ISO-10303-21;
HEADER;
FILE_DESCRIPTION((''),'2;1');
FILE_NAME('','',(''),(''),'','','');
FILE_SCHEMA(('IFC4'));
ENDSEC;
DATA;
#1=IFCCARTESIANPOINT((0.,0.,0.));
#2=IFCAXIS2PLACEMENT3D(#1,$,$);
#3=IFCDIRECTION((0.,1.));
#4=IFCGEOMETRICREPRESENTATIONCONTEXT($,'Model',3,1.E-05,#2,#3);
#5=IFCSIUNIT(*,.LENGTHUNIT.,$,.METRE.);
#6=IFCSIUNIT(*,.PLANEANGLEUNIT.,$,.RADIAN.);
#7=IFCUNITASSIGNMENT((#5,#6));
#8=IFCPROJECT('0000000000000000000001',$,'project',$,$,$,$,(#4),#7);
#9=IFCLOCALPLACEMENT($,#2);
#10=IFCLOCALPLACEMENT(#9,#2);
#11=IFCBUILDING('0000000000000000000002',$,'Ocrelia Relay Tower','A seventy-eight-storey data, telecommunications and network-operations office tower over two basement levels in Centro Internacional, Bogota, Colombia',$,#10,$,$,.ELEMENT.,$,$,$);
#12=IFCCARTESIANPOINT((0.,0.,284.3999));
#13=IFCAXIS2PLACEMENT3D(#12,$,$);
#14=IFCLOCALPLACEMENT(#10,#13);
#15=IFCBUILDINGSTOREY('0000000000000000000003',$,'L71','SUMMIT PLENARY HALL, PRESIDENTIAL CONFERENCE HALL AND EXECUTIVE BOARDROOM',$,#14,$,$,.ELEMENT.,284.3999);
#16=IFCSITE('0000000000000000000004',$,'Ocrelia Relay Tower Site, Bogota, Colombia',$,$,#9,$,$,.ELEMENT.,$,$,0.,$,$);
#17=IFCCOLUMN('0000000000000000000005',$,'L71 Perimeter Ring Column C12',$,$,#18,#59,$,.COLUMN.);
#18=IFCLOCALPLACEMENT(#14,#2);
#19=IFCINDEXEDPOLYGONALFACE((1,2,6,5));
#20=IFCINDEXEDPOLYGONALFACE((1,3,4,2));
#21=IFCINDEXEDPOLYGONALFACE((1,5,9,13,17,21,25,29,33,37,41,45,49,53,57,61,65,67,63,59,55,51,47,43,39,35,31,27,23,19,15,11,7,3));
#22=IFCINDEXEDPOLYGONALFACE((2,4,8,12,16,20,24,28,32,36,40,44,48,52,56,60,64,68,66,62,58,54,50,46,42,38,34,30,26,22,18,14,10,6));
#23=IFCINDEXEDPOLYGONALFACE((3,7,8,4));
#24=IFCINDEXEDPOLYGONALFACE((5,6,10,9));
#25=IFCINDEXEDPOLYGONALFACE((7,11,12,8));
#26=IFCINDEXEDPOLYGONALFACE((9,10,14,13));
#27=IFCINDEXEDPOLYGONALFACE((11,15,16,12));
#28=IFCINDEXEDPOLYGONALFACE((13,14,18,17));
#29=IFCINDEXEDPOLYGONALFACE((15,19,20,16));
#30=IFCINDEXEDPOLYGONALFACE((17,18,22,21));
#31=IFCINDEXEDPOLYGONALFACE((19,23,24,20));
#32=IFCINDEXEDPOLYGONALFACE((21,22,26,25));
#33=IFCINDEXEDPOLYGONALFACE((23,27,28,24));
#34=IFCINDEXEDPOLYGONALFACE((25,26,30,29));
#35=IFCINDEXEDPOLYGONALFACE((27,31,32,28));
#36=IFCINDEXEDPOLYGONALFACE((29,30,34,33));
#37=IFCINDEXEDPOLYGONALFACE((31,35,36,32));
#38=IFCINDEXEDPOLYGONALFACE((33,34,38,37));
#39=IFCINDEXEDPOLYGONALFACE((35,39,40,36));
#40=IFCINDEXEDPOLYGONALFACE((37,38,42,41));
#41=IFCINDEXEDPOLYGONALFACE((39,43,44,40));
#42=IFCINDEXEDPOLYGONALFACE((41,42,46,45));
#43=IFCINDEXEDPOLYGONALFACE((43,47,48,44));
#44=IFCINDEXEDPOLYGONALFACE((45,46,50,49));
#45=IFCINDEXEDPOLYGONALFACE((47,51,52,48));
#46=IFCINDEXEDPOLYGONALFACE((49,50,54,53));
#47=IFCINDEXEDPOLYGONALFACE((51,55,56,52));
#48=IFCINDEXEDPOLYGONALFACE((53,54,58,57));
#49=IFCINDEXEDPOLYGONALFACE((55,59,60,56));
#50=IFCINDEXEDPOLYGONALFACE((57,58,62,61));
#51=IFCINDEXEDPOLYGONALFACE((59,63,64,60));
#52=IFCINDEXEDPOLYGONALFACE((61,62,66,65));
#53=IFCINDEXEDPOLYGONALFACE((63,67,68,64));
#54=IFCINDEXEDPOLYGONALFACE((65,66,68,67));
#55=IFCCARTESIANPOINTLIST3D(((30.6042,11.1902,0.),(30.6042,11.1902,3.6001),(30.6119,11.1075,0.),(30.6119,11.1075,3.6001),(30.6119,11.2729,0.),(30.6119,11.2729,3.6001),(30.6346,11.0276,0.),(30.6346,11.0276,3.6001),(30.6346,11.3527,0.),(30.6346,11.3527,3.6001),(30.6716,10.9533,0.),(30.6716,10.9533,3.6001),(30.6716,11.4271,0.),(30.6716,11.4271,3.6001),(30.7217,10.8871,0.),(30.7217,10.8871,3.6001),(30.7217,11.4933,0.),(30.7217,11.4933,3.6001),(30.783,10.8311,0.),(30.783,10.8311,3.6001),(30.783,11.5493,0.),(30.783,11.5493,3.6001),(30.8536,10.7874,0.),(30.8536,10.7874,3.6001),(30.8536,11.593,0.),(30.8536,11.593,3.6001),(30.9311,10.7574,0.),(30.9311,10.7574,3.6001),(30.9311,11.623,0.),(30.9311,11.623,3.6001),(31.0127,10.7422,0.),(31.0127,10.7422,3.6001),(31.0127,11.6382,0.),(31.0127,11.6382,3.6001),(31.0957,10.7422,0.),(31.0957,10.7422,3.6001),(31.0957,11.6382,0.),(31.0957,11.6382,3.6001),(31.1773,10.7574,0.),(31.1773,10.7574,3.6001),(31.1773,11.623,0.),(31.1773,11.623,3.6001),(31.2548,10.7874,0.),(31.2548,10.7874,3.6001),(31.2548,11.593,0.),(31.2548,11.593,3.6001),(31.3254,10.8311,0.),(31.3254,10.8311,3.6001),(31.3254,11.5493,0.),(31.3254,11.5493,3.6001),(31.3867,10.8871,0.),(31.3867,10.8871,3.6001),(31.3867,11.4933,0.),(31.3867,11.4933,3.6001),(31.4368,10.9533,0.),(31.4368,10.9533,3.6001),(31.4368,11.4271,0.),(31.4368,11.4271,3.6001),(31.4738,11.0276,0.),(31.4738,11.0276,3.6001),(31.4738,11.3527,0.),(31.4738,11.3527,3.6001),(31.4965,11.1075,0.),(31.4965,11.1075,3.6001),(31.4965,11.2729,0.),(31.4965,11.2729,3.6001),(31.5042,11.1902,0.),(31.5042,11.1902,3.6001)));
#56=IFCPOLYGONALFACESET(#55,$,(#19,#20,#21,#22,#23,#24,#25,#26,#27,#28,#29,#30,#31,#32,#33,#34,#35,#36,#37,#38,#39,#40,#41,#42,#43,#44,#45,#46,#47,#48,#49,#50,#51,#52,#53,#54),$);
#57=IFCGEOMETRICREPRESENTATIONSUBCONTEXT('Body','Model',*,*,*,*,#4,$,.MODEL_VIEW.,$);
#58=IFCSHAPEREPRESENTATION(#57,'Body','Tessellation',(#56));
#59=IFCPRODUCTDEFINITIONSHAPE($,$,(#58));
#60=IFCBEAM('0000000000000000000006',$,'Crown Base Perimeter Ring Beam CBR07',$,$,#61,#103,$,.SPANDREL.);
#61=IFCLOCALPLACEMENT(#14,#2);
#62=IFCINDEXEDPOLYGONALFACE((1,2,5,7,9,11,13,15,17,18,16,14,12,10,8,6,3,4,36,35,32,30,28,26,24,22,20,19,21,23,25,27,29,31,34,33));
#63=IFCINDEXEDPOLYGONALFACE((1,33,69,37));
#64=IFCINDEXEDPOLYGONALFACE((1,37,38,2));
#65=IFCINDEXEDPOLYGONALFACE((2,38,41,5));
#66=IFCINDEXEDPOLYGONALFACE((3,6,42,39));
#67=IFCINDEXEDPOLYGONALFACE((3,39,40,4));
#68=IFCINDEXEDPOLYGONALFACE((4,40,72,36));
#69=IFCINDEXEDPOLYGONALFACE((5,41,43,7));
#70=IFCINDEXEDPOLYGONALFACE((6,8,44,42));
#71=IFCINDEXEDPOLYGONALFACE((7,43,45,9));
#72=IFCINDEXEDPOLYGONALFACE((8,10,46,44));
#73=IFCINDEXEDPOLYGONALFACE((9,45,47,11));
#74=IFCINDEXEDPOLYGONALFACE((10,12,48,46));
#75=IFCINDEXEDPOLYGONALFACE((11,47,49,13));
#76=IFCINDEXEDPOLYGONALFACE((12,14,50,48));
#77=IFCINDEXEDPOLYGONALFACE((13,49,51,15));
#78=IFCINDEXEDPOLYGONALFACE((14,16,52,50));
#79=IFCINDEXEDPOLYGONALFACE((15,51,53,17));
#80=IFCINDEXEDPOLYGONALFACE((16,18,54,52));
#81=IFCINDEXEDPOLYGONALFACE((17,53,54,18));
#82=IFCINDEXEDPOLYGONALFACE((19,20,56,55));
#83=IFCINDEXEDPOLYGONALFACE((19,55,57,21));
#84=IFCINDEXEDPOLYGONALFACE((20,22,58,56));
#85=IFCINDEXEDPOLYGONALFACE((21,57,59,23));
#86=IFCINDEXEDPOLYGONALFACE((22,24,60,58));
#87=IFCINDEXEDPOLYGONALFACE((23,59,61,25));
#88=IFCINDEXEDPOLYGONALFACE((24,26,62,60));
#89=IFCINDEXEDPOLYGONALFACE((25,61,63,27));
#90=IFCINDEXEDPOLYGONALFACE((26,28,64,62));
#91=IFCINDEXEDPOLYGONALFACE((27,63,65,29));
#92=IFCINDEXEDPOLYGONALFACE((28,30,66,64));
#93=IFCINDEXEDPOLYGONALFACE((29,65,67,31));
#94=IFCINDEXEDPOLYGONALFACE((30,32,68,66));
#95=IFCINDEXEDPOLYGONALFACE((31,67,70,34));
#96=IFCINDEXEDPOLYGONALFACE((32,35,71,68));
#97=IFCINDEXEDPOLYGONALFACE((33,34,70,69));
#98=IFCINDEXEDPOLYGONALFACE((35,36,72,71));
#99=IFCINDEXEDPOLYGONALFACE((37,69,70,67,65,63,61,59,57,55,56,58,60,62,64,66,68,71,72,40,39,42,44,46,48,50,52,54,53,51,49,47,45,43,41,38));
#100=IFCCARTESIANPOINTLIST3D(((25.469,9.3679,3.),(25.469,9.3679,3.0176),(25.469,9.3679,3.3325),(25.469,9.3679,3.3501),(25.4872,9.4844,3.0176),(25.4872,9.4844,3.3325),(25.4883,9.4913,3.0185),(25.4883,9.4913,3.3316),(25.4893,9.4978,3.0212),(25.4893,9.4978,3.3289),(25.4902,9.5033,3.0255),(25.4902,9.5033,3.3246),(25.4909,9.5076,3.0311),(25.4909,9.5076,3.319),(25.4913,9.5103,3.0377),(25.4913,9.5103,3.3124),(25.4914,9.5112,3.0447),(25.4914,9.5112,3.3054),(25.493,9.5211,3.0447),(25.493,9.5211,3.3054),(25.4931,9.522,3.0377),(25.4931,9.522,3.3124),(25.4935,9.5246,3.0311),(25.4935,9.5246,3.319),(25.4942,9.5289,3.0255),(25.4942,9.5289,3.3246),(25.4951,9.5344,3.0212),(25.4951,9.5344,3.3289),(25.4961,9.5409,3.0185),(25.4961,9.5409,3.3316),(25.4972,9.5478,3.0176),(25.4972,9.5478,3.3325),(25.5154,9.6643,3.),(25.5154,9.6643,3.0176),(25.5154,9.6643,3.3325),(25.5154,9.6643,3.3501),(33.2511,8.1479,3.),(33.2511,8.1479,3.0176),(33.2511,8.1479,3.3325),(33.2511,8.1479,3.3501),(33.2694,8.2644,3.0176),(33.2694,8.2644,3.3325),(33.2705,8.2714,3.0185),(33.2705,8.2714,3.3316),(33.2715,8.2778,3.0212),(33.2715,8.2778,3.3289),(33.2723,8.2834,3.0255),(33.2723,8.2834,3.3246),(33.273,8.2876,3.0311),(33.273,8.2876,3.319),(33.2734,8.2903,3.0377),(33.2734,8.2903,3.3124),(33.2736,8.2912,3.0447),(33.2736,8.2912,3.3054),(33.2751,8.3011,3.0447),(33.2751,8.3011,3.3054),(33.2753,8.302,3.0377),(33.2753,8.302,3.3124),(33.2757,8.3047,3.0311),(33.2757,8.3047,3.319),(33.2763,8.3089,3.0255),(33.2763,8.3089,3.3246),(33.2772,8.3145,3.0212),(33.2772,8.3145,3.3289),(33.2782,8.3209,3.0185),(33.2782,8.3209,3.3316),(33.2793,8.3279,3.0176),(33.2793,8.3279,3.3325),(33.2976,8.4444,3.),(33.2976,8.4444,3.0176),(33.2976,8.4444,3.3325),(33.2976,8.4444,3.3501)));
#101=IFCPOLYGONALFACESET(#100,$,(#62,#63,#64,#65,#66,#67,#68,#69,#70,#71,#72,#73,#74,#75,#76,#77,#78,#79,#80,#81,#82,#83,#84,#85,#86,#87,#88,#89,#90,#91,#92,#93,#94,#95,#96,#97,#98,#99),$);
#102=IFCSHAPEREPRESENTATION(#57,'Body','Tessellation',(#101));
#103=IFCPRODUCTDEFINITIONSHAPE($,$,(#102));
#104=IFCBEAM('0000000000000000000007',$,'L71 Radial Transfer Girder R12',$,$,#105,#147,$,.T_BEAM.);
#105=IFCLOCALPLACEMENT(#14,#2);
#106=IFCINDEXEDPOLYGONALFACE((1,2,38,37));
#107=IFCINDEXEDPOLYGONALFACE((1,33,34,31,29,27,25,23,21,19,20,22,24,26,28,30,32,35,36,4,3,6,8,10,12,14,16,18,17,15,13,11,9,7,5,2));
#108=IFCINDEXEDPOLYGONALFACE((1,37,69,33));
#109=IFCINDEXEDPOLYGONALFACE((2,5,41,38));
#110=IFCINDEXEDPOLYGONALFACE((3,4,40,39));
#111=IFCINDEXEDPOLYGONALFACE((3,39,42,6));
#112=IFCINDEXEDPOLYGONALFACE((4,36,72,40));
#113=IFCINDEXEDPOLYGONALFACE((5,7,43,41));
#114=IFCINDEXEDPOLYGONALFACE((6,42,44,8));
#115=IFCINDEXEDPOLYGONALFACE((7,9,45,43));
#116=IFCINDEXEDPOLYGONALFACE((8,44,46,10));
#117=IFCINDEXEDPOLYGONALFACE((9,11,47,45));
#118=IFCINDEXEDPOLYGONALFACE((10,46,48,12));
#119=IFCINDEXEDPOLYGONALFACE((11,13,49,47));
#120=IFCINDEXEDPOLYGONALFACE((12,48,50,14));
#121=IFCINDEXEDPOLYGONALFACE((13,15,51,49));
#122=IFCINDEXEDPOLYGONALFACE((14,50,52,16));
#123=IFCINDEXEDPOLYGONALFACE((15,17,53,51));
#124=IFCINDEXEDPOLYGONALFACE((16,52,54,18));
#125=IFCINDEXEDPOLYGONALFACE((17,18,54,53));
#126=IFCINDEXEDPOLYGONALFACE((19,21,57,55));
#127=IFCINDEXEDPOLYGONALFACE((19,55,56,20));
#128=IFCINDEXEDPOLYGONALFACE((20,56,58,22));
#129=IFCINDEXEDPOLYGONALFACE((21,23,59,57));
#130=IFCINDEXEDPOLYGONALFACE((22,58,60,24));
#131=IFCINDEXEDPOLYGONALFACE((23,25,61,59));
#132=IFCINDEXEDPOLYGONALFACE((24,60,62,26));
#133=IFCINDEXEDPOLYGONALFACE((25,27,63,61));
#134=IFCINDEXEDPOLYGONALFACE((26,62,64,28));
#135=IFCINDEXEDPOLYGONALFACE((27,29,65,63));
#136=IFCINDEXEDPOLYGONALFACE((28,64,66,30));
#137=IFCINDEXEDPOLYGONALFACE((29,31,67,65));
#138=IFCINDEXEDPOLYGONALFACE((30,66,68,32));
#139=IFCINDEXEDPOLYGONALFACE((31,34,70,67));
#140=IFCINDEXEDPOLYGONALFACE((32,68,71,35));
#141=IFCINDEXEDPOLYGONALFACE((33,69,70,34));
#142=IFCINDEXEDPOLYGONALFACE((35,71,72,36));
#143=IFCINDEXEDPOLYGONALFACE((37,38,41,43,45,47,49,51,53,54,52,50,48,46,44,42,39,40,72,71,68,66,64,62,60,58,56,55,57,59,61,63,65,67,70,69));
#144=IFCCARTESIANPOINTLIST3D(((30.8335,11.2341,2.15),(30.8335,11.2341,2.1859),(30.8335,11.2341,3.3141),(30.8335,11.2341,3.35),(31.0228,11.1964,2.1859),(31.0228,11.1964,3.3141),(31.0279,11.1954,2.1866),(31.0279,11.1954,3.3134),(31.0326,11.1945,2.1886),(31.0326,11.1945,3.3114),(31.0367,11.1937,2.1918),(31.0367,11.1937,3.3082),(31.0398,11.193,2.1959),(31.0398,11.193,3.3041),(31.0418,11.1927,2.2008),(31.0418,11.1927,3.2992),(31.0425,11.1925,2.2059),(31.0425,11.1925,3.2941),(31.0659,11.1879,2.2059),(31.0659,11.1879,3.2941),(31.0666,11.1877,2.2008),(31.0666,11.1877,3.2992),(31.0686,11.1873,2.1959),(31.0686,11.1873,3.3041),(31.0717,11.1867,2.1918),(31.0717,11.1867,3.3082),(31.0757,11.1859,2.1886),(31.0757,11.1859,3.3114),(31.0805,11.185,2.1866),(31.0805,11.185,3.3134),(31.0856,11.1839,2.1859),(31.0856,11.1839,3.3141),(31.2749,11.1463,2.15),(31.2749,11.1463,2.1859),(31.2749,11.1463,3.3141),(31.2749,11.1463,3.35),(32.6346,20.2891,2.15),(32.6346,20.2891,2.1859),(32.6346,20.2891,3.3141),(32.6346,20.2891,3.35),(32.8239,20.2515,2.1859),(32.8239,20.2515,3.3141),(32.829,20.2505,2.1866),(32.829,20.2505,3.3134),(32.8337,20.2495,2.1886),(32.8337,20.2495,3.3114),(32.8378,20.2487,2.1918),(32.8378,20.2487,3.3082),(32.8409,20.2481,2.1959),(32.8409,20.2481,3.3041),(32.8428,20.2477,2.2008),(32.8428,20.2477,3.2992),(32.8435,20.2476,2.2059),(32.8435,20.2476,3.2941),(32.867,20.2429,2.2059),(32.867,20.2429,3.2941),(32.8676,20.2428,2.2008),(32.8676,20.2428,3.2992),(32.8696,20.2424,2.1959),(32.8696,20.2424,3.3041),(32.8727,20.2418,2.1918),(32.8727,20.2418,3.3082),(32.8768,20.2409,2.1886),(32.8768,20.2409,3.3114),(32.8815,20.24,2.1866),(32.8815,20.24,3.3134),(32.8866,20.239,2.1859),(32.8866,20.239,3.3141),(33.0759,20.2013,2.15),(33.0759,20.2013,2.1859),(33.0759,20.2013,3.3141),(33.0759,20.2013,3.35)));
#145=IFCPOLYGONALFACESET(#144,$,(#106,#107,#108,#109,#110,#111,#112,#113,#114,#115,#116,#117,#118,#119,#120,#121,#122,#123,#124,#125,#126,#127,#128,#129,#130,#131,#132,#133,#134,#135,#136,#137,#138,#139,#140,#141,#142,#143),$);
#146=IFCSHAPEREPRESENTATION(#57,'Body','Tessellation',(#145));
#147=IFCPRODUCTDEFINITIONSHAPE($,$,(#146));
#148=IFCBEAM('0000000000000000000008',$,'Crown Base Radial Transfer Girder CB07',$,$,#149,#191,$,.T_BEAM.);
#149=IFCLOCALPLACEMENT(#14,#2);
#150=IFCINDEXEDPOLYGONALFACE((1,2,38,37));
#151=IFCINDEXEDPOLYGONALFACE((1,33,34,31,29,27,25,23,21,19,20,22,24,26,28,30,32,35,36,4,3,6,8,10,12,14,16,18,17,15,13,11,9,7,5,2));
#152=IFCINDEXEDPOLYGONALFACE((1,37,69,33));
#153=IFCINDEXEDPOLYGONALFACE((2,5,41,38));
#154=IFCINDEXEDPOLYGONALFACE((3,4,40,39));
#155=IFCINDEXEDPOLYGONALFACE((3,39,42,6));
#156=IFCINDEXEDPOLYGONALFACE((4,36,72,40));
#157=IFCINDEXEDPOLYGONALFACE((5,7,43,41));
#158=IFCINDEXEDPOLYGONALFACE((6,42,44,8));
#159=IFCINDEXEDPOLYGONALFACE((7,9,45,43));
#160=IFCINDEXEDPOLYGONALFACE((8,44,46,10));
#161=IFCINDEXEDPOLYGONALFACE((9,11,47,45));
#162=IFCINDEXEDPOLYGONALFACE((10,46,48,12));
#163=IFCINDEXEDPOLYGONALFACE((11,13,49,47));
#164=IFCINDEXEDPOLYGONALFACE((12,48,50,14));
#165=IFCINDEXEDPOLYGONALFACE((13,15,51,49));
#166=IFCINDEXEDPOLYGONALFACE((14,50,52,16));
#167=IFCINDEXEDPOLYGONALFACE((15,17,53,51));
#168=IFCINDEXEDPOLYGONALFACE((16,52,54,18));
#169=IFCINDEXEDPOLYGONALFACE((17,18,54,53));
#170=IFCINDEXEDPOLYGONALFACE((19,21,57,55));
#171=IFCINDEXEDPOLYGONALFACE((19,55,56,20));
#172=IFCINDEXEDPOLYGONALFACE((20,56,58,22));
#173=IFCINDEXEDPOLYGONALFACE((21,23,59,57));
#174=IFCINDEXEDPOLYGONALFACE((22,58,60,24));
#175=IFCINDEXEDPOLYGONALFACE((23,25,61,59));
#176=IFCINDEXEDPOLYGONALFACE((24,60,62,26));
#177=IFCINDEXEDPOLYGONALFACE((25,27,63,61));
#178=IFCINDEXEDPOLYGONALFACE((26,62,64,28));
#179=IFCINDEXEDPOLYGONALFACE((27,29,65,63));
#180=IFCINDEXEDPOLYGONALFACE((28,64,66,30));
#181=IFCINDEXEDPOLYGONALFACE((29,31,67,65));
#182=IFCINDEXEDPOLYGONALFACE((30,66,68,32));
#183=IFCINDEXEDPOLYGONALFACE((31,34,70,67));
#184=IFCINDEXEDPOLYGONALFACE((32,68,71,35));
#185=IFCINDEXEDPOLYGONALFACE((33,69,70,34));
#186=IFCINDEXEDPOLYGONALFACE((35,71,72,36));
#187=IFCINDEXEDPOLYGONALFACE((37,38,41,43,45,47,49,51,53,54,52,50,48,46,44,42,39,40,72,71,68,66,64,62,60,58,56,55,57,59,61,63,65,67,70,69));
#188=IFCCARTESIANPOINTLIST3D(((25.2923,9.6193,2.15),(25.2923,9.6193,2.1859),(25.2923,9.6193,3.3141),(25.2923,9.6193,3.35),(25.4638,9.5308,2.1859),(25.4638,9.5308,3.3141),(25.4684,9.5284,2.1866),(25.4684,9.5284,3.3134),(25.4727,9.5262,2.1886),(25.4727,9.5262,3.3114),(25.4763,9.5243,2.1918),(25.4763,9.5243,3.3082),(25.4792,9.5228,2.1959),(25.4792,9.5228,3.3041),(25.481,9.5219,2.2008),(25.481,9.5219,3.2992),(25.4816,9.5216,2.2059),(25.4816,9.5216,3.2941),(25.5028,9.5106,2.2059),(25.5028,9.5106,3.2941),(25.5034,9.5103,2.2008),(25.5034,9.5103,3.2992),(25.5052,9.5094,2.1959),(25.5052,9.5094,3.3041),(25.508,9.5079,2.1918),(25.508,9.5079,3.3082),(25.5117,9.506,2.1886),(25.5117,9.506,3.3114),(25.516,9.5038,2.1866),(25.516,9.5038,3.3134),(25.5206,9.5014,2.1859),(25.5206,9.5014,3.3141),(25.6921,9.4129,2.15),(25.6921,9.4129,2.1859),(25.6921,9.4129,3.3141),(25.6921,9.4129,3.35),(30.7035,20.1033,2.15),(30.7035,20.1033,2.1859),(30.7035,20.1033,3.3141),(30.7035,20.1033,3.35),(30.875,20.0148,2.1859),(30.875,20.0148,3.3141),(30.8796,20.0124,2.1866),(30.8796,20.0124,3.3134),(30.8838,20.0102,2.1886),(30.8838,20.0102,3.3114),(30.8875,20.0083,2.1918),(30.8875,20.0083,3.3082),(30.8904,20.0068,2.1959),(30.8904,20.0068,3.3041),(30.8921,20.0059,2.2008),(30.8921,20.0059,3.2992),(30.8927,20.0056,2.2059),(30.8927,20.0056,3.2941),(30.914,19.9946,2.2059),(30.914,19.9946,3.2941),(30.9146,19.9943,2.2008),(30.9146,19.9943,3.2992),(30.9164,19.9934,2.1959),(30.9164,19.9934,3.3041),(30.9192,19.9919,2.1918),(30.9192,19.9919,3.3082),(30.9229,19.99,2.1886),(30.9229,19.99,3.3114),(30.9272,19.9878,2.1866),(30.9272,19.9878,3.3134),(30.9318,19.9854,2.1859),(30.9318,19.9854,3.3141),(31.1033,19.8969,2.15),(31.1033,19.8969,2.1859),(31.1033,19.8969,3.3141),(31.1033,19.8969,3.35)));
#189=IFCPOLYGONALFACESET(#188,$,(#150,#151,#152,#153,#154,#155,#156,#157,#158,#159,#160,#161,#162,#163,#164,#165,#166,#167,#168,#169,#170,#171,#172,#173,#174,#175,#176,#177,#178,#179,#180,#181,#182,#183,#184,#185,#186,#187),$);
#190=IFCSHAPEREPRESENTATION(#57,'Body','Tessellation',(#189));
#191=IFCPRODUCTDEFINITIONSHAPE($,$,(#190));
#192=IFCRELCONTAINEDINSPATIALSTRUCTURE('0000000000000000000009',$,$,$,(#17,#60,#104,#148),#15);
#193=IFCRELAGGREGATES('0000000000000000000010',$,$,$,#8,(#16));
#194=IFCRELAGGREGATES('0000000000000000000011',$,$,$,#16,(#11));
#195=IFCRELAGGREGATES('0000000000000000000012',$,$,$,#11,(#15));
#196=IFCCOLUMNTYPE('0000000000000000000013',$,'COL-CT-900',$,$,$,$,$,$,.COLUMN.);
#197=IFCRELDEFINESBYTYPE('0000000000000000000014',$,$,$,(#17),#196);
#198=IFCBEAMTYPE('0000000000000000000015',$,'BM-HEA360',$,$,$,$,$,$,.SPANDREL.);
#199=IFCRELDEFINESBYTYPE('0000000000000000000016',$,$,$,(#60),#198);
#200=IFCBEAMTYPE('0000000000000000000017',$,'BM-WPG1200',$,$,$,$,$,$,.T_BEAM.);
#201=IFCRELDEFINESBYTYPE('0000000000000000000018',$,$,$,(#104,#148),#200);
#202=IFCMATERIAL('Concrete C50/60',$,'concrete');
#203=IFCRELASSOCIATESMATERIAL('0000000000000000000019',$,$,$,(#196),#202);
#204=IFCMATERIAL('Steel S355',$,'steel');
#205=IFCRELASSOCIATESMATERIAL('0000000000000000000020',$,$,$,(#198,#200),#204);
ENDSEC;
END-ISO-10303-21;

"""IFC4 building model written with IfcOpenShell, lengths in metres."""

from ifc_helpers import new_model, si_unit, direction, frame, origin, origin_2d, place, context, subcontext, project, spatial, circle, i_section, extrude, material, material_profile, profile_set, type_object, element, save


model = new_model("IFC4")

# Units and contexts
model_context = context("Model", 3, precision=1e-05, world=origin(), true_north=direction((0.0, 1.0)))
body_context = subcontext(model_context, "Body", "Model", "MODEL_VIEW")
ifc_project = project(units=[si_unit("LENGTHUNIT", "METRE"), si_unit("PLANEANGLEUNIT", "RADIAN")], contexts=[model_context])

# Site, building, storey
site_placement = place(None, origin())
site = spatial("IfcSite", under=ifc_project, at=site_placement, Name="Ocrelia Relay Tower Site, Bogota, Colombia", CompositionType="ELEMENT", RefElevation=0.0)
building_placement = place(site_placement, origin())
building = spatial("IfcBuilding", under=site, at=building_placement, Name="Ocrelia Relay Tower", Description="A seventy-eight-storey data, telecommunications and network-operations office tower over two basement levels in Centro Internacional, Bogota, Colombia", CompositionType="ELEMENT")
storey_placement = place(building_placement, frame((0.0, 0.0, 284.3999)))
storey = spatial("IfcBuildingStorey", under=building, at=storey_placement, Name="L71", Description="SUMMIT PLENARY HALL, PRESIDENTIAL CONFERENCE HALL AND EXECUTIVE BOARDROOM", CompositionType="ELEMENT", Elevation=284.3999)

# Column
ifc_material_1 = material(Name="Concrete C50/60", Category="concrete")
ifc_material_profile_1 = material_profile(ifc_material_1, circle(Radius=0.45, at=origin_2d()), Name="RC-CIR-900")
ifc_profile_set_1 = profile_set([ifc_material_profile_1], Name="Concrete C50/60")
column_type = type_object("IfcColumnType", Name="COL-CT-900", PredefinedType="COLUMN", material=ifc_profile_set_1)
column_placement = place(storey_placement, frame((31.0542, 11.1902, 0.0), z_axis=(0.0, 0.0, 1.0), x_axis=(1.0, 0.0, 0.0)))
element("IfcColumn", 1, at=column_placement, inside=storey, type_object=column_type, Name="L71 Perimeter Ring Column C12", PredefinedType="COLUMN", context=body_context, shape_type="SweptSolid", body=[
    extrude(circle(Radius=0.45, at=origin_2d()), origin(), (0.0, 0.0, 1.0), 3.6001),
])

# Beams
ifc_material_2 = material(Name="Steel S355", Category="steel")
ifc_material_profile_2 = material_profile(ifc_material_2, i_section(OverallWidth=0.3, OverallDepth=0.3501, WebThickness=0.01, FlangeThickness=0.0176, FilletRadius=0.0271, at=origin_2d()), Name="HEA 360")
ifc_profile_set_2 = profile_set([ifc_material_profile_2], Name="Steel S355")
beam_type_1 = type_object("IfcBeamType", Name="BM-HEA360", PredefinedType="SPANDREL", material=ifc_profile_set_2)
beam_1_placement = place(storey_placement, frame((25.4922, 9.5161, 3.175), z_axis=(0.987935, -0.154872, 0.0), x_axis=(0.154872, 0.987935, 0.0)))
element("IfcBeam", 2, at=beam_1_placement, inside=storey, type_object=beam_type_1, Name="Crown Base Perimeter Ring Beam CBR07", PredefinedType="SPANDREL", context=body_context, shape_type="SweptSolid", body=[
    extrude(i_section(OverallWidth=0.3, OverallDepth=0.3501, WebThickness=0.01, FlangeThickness=0.0176, FilletRadius=0.0271, at=origin_2d()), origin(), (0.0, 0.0, 1.0), 7.8772),
])
ifc_material_profile_3 = material_profile(ifc_material_2, i_section(OverallWidth=0.45, OverallDepth=1.2, WebThickness=0.0239, FlangeThickness=0.0359, FilletRadius=0.02, at=origin_2d()), Name="WPG 1200x450")
ifc_profile_set_3 = profile_set([ifc_material_profile_3], Name="Steel S355")
beam_type_2 = type_object("IfcBeamType", Name="BM-WPG1200", PredefinedType="T_BEAM", material=ifc_profile_set_3)
beam_2_placement = place(storey_placement, frame((31.0542, 11.1902, 2.75), z_axis=(0.195079, 0.980788, 0.0), x_axis=(-0.980788, 0.195079, 0.0)))
element("IfcBeam", 3, at=beam_2_placement, inside=storey, type_object=beam_type_2, Name="L71 Radial Transfer Girder R12", PredefinedType="T_BEAM", context=body_context, shape_type="SweptSolid", body=[
    extrude(i_section(OverallWidth=0.45, OverallDepth=1.2, WebThickness=0.0239, FlangeThickness=0.0359, FilletRadius=0.02, at=origin_2d()), origin(), (0.0, 0.0, 1.0), 9.2324),
])
beam_3_placement = place(storey_placement, frame((25.4922, 9.5161, 2.75), z_axis=(0.458649, 0.888617, 0.0), x_axis=(-0.888617, 0.458649, 0.0)))
element("IfcBeam", 4, at=beam_3_placement, inside=storey, type_object=beam_type_2, Name="Crown Base Radial Transfer Girder CB07", PredefinedType="T_BEAM", context=body_context, shape_type="SweptSolid", body=[
    extrude(i_section(OverallWidth=0.45, OverallDepth=1.2, WebThickness=0.0239, FlangeThickness=0.0359, FilletRadius=0.02, at=origin_2d()), origin(), (0.0, 0.0, 1.0), 11.7981),
])

save(model, "model.ifc")
